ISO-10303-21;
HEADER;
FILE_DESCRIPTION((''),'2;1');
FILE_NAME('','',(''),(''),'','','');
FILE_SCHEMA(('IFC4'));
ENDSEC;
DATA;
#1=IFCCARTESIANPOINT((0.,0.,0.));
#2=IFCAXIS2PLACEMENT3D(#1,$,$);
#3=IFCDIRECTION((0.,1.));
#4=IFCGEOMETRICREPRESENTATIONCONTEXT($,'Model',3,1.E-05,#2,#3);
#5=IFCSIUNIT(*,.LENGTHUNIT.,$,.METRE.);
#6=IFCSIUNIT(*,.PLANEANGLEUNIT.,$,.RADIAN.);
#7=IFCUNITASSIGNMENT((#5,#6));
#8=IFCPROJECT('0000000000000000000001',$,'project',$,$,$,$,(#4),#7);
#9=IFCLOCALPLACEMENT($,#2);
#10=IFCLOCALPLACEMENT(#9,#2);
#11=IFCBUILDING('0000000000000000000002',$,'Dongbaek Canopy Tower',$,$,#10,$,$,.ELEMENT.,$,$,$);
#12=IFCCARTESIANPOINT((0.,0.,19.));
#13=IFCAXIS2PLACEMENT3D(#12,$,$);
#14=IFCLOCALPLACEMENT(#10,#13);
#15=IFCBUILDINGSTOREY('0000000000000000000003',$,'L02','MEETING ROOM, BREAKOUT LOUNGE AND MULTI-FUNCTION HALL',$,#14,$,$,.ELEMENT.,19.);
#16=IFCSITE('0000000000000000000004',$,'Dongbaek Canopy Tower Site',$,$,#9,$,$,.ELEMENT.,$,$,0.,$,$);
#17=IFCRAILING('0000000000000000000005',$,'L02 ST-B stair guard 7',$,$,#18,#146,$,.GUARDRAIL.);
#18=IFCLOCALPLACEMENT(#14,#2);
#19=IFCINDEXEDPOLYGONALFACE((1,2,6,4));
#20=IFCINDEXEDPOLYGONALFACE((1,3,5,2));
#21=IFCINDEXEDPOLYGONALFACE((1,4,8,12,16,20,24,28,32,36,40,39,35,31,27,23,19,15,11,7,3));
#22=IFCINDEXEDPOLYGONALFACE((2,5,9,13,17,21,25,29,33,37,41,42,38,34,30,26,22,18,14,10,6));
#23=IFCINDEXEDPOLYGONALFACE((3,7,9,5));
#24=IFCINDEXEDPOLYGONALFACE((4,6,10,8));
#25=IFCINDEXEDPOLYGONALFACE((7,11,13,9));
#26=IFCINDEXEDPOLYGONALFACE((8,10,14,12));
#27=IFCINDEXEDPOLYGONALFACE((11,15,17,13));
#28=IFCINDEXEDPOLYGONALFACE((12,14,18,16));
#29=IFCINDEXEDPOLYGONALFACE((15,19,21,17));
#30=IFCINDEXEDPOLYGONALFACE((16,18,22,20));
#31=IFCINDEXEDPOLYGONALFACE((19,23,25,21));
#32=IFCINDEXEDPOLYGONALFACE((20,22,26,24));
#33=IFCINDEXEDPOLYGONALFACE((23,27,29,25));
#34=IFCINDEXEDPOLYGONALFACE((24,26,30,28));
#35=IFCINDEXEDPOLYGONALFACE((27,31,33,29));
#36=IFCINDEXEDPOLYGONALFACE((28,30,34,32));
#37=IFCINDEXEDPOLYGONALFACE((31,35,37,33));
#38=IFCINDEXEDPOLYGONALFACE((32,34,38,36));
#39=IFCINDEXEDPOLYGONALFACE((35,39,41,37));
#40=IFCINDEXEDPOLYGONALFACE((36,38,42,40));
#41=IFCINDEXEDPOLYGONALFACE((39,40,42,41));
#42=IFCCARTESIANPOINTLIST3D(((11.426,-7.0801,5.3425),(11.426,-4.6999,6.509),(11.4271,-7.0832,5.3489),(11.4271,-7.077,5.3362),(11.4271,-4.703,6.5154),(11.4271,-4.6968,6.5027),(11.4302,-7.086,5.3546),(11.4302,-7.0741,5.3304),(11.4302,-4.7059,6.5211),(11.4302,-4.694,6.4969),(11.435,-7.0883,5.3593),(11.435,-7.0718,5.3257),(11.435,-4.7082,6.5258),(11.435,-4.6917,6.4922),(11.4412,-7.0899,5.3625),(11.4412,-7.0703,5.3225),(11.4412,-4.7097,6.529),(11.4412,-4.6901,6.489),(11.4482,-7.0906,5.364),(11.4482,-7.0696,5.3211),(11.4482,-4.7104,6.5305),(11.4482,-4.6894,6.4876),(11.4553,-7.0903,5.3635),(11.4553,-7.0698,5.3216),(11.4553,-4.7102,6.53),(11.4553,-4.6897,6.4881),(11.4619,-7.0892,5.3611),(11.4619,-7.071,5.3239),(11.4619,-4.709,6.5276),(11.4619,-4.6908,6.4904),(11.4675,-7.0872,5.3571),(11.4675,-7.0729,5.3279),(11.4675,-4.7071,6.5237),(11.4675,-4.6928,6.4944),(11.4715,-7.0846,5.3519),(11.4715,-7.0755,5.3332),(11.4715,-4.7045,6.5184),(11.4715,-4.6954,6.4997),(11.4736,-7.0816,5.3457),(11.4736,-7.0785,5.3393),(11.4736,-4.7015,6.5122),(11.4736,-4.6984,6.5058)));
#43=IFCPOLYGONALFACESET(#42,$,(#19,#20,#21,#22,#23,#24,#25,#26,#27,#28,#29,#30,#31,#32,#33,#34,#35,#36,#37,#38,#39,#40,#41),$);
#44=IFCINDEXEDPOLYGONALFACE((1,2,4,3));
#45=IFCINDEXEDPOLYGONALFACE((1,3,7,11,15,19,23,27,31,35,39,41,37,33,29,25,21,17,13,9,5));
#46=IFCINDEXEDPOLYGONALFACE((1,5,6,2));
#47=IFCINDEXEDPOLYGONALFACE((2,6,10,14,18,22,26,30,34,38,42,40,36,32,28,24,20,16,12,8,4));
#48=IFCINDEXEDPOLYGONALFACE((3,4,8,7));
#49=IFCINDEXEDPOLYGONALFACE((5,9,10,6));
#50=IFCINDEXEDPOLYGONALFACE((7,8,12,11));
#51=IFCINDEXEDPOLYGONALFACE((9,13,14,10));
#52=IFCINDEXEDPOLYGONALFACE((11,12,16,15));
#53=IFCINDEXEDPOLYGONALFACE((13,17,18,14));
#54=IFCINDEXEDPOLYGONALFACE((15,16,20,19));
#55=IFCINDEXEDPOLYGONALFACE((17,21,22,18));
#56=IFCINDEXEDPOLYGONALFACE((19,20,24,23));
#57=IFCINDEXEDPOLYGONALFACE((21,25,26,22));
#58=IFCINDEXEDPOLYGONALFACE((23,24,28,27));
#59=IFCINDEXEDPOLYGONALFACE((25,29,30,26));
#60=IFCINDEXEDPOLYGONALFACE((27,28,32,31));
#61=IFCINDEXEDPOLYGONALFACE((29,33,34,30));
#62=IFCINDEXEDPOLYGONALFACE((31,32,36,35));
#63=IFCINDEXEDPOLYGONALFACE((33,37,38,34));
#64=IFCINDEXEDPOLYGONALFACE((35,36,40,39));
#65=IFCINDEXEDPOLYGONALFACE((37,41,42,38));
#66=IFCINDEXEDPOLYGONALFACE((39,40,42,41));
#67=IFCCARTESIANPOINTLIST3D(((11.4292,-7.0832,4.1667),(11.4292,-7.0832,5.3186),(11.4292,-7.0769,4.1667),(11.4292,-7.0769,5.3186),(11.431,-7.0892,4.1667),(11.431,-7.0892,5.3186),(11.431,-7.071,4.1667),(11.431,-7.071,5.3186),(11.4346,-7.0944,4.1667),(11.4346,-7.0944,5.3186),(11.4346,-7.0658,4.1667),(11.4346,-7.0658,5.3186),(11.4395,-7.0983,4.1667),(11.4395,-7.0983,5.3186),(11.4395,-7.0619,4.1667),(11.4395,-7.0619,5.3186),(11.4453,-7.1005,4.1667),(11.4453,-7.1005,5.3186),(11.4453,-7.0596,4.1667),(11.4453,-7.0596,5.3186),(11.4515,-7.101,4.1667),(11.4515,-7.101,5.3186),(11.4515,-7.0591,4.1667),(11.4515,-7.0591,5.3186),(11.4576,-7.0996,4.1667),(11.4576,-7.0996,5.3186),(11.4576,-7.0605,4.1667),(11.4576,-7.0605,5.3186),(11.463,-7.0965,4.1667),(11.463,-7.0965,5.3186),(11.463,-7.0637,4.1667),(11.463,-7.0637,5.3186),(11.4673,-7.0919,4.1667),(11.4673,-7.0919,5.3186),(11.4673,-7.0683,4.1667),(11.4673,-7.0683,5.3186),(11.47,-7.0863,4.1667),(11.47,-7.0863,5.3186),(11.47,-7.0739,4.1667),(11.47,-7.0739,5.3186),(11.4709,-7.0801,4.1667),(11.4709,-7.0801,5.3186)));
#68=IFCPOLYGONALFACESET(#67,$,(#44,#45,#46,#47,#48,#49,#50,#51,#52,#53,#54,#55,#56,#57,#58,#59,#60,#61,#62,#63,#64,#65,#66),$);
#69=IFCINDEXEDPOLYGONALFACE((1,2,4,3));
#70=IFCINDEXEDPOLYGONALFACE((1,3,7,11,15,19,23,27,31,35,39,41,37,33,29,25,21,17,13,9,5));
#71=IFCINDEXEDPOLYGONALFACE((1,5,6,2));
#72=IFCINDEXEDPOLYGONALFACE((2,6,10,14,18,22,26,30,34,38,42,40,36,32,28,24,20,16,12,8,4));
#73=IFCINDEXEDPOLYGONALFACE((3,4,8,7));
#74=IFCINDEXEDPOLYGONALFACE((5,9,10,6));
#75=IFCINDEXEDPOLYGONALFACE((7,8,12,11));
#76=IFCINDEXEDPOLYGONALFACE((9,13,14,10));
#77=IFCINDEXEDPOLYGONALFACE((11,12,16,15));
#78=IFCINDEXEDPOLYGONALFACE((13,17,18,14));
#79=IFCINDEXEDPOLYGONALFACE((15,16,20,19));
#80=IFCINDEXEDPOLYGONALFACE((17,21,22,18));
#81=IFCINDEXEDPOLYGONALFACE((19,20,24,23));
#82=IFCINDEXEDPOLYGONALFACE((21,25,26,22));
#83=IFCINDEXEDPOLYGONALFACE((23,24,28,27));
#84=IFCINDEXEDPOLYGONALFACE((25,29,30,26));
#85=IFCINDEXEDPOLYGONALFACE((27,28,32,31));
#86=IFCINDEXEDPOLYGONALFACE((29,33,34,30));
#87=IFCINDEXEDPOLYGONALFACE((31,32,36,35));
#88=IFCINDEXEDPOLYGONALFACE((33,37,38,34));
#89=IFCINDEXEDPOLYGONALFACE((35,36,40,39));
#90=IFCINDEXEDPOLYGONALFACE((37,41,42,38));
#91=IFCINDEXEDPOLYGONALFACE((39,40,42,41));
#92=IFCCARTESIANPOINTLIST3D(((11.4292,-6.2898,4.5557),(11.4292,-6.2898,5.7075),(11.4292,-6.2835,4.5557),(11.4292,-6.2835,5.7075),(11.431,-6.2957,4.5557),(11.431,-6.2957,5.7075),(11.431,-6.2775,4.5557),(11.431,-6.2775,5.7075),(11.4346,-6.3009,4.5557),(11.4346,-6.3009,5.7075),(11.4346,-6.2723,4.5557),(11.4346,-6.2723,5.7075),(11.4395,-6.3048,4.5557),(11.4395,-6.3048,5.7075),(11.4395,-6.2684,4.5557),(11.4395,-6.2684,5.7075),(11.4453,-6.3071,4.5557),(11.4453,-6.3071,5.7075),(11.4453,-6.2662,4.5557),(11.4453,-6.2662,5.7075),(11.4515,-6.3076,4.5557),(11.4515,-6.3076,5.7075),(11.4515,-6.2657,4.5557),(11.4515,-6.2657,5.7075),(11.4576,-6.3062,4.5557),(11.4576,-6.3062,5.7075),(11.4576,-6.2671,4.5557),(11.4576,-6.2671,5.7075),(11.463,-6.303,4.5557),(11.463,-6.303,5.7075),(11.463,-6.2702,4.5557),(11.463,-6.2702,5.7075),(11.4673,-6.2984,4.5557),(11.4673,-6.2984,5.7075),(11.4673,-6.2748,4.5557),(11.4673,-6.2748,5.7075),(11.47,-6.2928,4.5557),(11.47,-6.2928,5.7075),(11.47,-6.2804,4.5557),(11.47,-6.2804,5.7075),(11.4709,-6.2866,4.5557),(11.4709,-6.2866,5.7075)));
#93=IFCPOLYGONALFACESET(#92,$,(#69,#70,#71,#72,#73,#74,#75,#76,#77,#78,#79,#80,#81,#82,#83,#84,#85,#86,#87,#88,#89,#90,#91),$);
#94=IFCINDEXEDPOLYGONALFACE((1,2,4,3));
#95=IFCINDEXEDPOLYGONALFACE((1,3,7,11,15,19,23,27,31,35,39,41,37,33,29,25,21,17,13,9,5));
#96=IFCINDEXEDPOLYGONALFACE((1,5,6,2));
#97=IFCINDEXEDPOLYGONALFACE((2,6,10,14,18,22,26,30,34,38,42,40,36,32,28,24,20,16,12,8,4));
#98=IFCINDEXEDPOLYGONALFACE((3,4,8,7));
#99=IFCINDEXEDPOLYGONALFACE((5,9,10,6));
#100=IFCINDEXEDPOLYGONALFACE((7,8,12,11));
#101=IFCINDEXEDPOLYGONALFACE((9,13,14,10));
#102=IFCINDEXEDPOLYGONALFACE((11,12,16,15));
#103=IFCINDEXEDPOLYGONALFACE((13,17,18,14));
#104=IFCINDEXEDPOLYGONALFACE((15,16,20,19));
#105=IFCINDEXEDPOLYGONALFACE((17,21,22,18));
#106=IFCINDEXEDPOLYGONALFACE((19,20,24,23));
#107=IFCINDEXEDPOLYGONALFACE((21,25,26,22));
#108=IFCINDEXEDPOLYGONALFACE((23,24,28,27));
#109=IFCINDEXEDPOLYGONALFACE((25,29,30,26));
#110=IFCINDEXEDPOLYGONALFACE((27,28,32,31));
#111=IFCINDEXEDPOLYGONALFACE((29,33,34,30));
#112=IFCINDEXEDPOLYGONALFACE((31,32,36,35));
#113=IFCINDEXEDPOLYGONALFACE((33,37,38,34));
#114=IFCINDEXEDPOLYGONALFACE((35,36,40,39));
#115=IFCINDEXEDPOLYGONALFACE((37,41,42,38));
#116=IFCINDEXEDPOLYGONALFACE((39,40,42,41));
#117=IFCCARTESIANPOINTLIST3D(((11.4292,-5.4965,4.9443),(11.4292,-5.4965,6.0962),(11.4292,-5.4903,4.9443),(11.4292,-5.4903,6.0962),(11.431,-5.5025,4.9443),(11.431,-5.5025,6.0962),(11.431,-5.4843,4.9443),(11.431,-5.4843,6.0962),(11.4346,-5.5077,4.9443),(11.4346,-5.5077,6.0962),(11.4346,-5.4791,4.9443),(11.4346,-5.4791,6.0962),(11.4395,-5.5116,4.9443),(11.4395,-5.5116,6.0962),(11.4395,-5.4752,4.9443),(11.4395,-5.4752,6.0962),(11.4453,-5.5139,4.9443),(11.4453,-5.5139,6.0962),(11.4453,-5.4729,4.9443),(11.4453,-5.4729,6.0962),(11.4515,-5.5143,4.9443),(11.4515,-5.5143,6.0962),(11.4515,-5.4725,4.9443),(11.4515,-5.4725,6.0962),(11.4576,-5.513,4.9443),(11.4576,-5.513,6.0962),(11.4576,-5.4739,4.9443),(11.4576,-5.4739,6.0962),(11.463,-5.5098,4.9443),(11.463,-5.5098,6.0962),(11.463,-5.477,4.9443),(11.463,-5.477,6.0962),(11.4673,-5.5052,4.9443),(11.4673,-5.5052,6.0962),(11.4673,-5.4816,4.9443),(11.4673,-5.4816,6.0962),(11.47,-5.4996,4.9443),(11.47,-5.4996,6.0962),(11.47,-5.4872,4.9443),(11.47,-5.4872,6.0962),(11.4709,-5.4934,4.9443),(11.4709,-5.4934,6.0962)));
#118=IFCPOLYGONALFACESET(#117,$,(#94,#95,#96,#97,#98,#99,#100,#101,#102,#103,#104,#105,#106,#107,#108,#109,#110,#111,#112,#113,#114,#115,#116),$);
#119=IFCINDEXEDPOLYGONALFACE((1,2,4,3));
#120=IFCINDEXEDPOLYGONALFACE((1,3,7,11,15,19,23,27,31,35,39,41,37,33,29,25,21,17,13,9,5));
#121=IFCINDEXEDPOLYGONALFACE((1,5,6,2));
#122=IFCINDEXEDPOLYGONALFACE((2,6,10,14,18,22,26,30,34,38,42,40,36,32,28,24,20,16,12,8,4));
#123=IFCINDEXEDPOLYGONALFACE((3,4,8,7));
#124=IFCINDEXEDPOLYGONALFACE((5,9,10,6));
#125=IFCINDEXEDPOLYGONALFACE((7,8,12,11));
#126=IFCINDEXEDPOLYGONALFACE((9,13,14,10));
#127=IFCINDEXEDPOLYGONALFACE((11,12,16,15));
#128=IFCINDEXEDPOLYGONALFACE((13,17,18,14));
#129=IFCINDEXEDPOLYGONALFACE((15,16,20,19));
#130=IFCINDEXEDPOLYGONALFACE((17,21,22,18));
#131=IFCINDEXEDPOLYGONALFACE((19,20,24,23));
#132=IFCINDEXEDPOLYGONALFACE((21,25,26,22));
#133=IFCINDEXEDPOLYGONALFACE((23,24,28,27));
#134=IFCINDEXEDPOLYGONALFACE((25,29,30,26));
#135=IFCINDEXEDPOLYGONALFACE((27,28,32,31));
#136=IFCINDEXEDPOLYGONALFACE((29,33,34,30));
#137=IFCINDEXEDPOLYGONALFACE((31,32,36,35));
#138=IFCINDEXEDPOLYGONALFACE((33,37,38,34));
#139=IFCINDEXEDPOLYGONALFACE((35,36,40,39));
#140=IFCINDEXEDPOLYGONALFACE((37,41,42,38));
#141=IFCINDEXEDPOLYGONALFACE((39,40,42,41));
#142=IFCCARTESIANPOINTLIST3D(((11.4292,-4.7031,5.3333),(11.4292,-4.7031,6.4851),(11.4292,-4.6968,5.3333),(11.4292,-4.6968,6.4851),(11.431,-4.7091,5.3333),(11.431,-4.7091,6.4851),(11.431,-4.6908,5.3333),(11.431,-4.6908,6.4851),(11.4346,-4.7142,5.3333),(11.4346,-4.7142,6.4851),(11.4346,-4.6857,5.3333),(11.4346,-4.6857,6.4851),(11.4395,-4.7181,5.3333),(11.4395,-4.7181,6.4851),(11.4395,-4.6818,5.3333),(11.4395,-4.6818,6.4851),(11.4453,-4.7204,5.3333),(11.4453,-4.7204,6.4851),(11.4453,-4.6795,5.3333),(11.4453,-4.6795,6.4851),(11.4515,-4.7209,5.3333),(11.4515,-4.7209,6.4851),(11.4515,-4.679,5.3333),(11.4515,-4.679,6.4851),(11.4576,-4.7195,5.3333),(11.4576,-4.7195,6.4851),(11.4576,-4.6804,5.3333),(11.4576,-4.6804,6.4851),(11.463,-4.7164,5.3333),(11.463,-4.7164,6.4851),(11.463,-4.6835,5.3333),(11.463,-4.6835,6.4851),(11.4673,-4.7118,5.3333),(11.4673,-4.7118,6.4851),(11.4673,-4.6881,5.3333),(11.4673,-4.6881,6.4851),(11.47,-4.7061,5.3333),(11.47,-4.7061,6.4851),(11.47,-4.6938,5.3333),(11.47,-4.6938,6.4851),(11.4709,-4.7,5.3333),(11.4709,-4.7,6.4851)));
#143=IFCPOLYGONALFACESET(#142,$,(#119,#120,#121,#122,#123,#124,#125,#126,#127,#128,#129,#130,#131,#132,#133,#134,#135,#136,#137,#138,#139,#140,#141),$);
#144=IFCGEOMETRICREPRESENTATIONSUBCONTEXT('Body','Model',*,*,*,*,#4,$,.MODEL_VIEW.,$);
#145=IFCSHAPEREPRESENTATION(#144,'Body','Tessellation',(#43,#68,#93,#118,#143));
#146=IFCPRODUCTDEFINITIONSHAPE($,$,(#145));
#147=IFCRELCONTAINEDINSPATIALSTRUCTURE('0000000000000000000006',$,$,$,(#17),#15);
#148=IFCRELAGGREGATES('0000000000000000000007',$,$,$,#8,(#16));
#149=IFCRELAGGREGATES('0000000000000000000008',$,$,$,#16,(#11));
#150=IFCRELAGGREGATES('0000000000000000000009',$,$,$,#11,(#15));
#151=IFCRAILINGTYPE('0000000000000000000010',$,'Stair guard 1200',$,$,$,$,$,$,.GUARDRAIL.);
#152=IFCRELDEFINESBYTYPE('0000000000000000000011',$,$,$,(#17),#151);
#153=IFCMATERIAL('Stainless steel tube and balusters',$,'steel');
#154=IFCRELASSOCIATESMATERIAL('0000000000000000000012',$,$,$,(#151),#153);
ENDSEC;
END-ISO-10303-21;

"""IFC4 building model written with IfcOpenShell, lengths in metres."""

from ifc_helpers import new_model, si_unit, direction, frame, origin, origin_2d, place, context, subcontext, project, spatial, circle, extrude, material, type_object, element, save


model = new_model("IFC4")

# Units and contexts
model_context = context("Model", 3, precision=1e-05, world=origin(), true_north=direction((0.0, 1.0)))
body_context = subcontext(model_context, "Body", "Model", "MODEL_VIEW")
ifc_project = project(units=[si_unit("LENGTHUNIT", "METRE"), si_unit("PLANEANGLEUNIT", "RADIAN")], contexts=[model_context])

# Site, building, storey
site_placement = place(None, origin())
site = spatial("IfcSite", under=ifc_project, at=site_placement, Name="Dongbaek Canopy Tower Site", CompositionType="ELEMENT", RefElevation=0.0)
building_placement = place(site_placement, origin())
building = spatial("IfcBuilding", under=site, at=building_placement, Name="Dongbaek Canopy Tower", CompositionType="ELEMENT")
storey_placement = place(building_placement, frame((0.0, 0.0, 19.0)))
storey = spatial("IfcBuildingStorey", under=building, at=storey_placement, Name="L02", Description="MEETING ROOM, BREAKOUT LOUNGE AND MULTI-FUNCTION HALL", CompositionType="ELEMENT", Elevation=19.0)

# Railing
ifc_material_1 = material(Name="Stainless steel tube and balusters", Category="steel")
railing_type_1 = type_object("IfcRailingType", Name="Stair guard 1200", PredefinedType="GUARDRAIL", material=ifc_material_1)
railing_1_placement = place(storey_placement, frame((11.45, -7.0801, 4.1667)))
element("IfcRailing", 1, at=railing_1_placement, inside=storey, type_object=railing_type_1, Name="L02 ST-B stair guard 7", PredefinedType="GUARDRAIL", context=body_context, shape_type="SweptSolid", body=[
    extrude(circle(Radius=0.0239, at=origin_2d()), frame((0.0, 0.0, 1.1758), z_axis=(0.0, 0.897954, 0.440089), x_axis=(-1.0, 0.0, 0.0)), (0.0, 0.0, 1.0), 2.6506),
    extrude(circle(Radius=0.021, at=origin_2d()), origin(), (0.0, 0.0, 1.0), 1.1519),
    extrude(circle(Radius=0.021, at=origin_2d()), frame((0.0, 0.7935, 0.3889)), (0.0, 0.0, 1.0), 1.1519),
    extrude(circle(Radius=0.021, at=origin_2d()), frame((0.0, 1.5867, 0.7776)), (0.0, 0.0, 1.0), 1.1519),
    extrude(circle(Radius=0.021, at=origin_2d()), frame((0.0, 2.3801, 1.1665)), (0.0, 0.0, 1.0), 1.1519),
])

save(model, "model.ifc")
